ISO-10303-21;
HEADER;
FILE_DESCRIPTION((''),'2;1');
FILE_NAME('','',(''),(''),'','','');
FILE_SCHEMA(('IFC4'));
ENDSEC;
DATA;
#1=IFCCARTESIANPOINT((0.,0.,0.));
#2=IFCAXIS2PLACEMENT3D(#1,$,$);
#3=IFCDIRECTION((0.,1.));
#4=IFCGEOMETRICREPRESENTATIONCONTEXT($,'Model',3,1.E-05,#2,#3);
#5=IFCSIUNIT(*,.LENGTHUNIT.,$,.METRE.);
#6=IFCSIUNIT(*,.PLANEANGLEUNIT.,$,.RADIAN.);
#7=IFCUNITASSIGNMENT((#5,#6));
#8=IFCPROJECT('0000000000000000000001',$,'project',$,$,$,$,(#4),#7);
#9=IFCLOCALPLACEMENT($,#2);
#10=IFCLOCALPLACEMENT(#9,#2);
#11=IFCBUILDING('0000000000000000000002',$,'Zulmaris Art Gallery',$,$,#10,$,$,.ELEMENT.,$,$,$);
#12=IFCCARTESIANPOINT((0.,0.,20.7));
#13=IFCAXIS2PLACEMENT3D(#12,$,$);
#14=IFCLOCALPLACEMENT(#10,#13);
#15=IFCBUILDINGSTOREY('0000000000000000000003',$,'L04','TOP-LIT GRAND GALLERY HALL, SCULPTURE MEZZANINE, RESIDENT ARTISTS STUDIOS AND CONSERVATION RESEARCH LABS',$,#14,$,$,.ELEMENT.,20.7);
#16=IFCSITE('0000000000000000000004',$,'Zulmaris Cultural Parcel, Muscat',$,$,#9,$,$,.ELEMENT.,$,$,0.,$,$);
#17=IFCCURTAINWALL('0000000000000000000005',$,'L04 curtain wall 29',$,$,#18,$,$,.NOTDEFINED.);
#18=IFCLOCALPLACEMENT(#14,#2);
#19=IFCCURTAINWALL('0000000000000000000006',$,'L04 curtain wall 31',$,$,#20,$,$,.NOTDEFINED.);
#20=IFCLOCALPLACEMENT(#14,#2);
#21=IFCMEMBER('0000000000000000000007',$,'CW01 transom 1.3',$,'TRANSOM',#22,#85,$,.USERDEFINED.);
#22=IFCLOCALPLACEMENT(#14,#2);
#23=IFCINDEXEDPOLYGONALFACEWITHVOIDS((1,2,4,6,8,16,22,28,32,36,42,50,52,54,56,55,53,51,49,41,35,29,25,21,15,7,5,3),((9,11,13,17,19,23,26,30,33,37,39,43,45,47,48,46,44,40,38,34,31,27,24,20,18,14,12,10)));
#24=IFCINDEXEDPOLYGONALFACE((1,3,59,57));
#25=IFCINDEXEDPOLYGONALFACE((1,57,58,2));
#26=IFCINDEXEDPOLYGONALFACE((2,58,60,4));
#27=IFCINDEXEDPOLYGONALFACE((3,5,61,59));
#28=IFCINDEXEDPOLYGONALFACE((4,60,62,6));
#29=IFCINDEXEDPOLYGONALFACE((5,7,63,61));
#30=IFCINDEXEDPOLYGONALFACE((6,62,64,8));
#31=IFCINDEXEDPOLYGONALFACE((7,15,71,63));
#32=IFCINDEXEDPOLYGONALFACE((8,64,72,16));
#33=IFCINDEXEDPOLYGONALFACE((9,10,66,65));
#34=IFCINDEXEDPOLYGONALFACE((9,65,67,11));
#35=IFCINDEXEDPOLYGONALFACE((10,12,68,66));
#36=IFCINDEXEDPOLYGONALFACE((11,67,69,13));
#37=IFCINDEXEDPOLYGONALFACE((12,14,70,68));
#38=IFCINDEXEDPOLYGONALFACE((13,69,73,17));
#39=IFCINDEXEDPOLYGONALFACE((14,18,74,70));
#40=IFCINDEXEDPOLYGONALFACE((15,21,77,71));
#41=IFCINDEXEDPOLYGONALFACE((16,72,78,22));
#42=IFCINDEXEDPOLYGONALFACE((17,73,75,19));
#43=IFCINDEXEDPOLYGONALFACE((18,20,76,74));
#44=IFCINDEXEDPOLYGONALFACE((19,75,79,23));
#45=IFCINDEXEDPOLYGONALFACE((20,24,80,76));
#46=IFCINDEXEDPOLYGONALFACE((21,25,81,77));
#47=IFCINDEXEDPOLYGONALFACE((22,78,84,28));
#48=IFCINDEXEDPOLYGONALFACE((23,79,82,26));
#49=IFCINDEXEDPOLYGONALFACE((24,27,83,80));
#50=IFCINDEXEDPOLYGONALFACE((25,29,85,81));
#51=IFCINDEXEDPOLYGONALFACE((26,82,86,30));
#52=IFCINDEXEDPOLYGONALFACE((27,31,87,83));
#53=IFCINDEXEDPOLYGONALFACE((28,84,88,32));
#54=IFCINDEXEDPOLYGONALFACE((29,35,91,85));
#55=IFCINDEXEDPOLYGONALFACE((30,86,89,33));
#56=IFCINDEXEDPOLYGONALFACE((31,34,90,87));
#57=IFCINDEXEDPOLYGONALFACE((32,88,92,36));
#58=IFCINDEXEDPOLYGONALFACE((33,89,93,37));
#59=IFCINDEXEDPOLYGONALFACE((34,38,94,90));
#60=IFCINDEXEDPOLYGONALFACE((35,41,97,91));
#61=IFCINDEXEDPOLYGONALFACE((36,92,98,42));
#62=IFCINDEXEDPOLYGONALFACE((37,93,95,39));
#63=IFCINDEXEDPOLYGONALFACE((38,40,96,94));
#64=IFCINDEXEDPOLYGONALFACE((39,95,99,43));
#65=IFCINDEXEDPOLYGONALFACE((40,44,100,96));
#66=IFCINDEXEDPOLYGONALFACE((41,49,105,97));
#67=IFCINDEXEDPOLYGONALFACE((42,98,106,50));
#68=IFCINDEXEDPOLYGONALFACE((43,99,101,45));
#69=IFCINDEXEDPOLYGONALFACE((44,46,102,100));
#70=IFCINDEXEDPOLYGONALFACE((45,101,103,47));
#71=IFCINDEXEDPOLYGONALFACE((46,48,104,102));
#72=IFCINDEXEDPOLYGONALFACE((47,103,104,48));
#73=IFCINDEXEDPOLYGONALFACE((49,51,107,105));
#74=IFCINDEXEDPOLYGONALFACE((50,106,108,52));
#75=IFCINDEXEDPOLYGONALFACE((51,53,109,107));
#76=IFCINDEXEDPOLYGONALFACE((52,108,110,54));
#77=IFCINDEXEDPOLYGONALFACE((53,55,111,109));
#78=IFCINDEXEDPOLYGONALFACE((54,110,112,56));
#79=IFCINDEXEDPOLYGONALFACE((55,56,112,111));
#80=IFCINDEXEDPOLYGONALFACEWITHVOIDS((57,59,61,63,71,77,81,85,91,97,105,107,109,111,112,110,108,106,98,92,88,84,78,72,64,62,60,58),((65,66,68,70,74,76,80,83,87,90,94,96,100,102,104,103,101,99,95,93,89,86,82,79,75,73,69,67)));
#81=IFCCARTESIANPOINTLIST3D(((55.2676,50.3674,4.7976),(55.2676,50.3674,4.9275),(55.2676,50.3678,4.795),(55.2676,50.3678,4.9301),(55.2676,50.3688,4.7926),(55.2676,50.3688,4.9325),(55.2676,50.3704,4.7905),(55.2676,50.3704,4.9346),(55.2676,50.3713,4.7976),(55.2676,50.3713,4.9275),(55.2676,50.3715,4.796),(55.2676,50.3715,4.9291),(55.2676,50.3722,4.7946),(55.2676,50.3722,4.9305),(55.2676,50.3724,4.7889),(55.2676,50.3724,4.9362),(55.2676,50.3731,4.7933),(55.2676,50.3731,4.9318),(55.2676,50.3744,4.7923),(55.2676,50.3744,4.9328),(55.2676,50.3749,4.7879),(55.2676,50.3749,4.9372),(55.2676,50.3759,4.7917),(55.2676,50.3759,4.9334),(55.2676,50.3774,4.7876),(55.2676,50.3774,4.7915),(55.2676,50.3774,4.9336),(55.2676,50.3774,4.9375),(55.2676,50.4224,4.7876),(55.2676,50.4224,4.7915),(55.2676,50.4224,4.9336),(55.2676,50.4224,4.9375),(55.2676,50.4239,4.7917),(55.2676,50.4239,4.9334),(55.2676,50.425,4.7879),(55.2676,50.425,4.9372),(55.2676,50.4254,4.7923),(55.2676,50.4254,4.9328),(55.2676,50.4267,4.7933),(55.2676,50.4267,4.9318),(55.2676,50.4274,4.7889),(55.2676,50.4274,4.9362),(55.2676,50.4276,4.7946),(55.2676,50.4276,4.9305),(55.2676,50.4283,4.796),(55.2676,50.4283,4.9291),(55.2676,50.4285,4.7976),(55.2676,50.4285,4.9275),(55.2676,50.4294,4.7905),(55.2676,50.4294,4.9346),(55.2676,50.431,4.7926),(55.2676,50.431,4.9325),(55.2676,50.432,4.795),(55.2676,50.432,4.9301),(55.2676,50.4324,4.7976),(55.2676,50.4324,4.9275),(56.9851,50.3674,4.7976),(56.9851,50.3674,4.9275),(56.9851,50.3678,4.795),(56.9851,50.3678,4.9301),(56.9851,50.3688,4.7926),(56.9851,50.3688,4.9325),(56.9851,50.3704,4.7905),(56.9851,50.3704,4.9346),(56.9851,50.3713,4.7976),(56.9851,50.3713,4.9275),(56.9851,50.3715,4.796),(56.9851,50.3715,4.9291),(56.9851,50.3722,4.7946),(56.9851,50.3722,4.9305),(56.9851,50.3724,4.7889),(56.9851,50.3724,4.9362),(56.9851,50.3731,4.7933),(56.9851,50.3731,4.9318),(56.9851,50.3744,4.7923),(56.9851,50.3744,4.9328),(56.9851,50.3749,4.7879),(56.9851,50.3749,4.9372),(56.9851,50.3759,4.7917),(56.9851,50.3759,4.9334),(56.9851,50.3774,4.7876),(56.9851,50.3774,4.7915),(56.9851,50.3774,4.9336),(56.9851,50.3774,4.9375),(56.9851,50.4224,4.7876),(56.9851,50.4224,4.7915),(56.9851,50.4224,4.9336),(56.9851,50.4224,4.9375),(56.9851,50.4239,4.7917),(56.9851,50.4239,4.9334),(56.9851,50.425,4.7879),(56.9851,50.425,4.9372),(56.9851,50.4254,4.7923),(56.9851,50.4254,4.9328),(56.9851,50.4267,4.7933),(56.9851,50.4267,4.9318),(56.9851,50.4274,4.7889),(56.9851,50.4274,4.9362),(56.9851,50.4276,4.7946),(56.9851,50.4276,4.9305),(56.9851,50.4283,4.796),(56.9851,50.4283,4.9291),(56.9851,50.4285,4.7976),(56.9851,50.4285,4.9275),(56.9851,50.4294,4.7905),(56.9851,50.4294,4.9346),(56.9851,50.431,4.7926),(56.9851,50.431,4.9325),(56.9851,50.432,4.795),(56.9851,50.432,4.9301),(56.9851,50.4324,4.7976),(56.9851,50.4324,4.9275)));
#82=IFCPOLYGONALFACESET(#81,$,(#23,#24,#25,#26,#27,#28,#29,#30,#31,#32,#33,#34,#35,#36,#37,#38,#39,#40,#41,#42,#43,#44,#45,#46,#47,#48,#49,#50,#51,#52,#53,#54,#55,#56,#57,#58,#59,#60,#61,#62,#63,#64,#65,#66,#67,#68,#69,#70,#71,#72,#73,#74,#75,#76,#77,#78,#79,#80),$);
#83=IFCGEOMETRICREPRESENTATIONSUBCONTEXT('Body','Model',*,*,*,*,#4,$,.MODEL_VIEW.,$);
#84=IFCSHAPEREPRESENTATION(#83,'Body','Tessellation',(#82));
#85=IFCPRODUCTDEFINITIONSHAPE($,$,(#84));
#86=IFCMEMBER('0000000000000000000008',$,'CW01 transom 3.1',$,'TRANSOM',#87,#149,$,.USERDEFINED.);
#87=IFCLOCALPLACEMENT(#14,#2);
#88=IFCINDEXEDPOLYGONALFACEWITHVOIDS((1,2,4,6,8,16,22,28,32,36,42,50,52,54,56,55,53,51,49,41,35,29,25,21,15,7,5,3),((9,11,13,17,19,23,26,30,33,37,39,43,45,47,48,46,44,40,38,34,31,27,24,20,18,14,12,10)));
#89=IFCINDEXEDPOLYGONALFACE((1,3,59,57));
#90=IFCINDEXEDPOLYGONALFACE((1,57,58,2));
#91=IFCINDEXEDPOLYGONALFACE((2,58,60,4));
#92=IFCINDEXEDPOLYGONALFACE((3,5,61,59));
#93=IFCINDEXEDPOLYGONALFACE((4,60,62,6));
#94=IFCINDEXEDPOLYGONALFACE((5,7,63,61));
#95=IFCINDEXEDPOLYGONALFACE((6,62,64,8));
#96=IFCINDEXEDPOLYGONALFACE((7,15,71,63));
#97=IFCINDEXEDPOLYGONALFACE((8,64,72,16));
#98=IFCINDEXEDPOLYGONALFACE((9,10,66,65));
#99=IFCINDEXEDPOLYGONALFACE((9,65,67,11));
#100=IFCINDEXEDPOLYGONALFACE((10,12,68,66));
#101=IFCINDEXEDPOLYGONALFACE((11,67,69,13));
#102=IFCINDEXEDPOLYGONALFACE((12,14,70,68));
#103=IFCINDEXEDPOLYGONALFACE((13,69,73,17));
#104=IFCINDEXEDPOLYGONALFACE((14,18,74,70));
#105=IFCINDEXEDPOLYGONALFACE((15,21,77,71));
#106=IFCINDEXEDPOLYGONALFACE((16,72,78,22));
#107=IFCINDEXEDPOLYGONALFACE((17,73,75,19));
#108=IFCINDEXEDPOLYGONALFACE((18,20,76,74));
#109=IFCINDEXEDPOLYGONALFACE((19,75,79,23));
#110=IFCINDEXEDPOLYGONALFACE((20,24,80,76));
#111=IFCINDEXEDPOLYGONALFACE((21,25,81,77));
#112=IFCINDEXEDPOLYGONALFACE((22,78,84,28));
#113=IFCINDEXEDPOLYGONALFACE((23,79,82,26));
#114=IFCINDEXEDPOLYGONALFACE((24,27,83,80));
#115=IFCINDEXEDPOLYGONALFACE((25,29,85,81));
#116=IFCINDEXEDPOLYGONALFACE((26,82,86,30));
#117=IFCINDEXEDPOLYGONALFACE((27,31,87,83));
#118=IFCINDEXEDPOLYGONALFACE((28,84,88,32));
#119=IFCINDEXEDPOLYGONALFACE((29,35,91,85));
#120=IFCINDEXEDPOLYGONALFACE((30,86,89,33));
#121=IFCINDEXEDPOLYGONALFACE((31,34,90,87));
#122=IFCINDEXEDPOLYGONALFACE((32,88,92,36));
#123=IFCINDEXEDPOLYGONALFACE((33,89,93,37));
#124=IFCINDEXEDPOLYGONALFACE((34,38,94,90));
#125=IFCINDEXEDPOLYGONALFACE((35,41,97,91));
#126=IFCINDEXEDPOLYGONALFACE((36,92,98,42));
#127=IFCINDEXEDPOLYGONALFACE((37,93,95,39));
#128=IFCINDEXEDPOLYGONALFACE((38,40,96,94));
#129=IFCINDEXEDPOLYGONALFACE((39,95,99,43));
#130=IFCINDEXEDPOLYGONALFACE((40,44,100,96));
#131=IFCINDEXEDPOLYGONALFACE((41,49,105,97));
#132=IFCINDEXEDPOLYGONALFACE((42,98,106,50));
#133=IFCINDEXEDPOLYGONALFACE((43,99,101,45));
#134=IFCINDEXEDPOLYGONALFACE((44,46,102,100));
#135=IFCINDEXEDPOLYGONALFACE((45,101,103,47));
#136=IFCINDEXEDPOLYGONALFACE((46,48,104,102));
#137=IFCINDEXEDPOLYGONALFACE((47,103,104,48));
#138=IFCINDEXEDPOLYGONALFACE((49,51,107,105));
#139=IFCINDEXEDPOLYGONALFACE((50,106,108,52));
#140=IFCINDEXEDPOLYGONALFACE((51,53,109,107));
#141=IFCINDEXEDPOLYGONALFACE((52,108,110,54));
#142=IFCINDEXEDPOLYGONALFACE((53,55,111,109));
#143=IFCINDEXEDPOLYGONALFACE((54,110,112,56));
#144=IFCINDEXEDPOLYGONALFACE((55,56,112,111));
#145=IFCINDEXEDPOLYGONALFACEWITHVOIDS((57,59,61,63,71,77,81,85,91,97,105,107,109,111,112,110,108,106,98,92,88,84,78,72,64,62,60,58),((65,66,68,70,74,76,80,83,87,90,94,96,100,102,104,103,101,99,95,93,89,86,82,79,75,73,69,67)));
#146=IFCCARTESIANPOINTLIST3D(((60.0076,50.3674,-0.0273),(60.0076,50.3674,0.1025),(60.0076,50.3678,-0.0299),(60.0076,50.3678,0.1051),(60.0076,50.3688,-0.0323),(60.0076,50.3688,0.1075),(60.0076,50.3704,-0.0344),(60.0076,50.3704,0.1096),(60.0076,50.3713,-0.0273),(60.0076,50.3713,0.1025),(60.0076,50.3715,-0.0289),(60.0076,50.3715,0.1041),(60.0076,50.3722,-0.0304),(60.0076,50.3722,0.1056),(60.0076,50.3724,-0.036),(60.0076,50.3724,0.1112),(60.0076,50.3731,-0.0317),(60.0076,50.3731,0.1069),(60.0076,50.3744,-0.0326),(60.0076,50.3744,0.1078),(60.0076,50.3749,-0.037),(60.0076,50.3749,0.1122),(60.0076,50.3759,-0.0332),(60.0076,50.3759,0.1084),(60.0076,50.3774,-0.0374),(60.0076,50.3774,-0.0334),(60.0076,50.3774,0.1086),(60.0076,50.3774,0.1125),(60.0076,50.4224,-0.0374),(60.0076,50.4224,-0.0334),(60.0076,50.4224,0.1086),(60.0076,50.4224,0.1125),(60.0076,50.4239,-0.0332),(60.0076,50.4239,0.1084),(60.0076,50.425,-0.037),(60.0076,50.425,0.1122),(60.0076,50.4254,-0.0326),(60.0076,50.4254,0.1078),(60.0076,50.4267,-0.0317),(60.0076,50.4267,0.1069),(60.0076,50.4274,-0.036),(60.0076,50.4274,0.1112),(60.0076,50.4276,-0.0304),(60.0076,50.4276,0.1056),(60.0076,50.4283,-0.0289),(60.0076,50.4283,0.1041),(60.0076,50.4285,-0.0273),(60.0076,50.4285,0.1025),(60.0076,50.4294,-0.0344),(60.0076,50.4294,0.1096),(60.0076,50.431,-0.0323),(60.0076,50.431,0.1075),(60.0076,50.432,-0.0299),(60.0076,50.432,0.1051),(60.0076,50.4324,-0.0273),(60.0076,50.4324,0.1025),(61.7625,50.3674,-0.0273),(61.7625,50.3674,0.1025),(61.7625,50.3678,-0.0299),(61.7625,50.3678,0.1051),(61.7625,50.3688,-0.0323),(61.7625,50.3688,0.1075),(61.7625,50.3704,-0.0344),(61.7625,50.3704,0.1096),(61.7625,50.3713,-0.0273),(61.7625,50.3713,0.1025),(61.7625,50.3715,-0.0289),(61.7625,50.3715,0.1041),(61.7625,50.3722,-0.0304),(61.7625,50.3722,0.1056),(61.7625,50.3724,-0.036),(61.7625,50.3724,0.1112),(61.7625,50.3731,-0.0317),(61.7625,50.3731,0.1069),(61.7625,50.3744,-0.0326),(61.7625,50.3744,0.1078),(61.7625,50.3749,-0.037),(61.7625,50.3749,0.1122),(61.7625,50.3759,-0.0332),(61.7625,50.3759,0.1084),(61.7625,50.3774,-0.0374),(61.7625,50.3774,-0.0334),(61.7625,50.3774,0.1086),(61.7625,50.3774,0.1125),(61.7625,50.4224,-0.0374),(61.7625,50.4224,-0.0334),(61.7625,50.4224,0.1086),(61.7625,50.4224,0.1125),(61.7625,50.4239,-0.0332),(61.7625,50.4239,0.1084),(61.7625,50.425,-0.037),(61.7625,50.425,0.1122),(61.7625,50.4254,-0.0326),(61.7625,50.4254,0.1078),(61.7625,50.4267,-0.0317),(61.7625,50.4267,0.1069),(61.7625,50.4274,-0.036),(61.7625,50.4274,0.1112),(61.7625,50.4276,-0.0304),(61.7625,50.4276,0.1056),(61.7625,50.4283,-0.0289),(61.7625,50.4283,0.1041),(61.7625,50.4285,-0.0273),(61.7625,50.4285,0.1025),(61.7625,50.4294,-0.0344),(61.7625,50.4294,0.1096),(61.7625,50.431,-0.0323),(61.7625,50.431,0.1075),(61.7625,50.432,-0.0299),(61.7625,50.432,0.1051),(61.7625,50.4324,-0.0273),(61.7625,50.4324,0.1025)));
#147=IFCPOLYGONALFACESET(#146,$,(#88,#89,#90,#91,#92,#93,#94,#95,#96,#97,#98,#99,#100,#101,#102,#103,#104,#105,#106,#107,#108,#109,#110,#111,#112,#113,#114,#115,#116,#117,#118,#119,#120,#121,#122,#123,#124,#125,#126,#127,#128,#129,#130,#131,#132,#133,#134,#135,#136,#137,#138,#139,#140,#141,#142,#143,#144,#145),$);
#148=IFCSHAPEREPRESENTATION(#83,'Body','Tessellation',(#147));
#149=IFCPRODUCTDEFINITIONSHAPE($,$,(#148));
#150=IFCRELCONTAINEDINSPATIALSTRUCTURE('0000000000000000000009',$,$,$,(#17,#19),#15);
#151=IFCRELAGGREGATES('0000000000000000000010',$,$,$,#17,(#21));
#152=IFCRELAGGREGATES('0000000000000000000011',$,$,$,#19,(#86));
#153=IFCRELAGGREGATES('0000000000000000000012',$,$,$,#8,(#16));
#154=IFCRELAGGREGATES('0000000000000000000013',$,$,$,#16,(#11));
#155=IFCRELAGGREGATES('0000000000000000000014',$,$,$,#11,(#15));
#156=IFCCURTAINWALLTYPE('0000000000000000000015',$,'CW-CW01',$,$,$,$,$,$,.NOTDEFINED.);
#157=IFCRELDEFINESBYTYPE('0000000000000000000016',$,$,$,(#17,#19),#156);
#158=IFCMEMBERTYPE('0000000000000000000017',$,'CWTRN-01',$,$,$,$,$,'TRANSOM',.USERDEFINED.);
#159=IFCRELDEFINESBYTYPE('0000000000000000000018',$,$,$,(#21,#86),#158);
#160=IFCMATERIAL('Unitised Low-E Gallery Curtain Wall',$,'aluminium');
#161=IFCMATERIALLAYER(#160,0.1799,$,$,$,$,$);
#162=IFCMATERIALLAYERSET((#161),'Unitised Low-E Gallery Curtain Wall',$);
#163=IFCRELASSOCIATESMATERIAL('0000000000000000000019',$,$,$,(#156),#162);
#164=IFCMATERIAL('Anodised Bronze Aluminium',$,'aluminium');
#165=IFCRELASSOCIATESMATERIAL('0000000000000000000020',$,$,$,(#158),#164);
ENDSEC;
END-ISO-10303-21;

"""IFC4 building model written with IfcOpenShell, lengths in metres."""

from ifc_helpers import new_model, si_unit, direction, frame, origin, origin_2d, place, context, subcontext, project, spatial, hollow_rectangle, extrude, material, layer, layer_set, material_profile, profile_set, type_object, element, aggregate, save


model = new_model("IFC4")

# Units and contexts
model_context = context("Model", 3, precision=1e-05, world=origin(), true_north=direction((0.0, 1.0)))
body_context = subcontext(model_context, "Body", "Model", "MODEL_VIEW")
ifc_project = project(units=[si_unit("LENGTHUNIT", "METRE"), si_unit("PLANEANGLEUNIT", "RADIAN")], contexts=[model_context])

# Site, building, storey
site_placement = place(None, origin())
site = spatial("IfcSite", under=ifc_project, at=site_placement, Name="Zulmaris Cultural Parcel, Muscat", CompositionType="ELEMENT", RefElevation=0.0)
building_placement = place(site_placement, origin())
building = spatial("IfcBuilding", under=site, at=building_placement, Name="Zulmaris Art Gallery", CompositionType="ELEMENT")
storey_placement = place(building_placement, frame((0.0, 0.0, 20.7)))
storey = spatial("IfcBuildingStorey", under=building, at=storey_placement, Name="L04", Description="TOP-LIT GRAND GALLERY HALL, SCULPTURE MEZZANINE, RESIDENT ARTISTS STUDIOS AND CONSERVATION RESEARCH LABS", CompositionType="ELEMENT", Elevation=20.7)

# Curtain walls
ifc_material_1 = material(Name="Unitised Low-E Gallery Curtain Wall", Category="aluminium")
ifc_layer_1 = layer(ifc_material_1, 0.1799)
ifc_layer_set_1 = layer_set([ifc_layer_1], Name="Unitised Low-E Gallery Curtain Wall")
curtain_wall_type = type_object("IfcCurtainWallType", Name="CW-CW01", PredefinedType="NOTDEFINED", material=ifc_layer_set_1)
curtain_wall_1_placement = place(storey_placement, origin())
curtain_wall_1 = element("IfcCurtainWall", 1, at=curtain_wall_1_placement, inside=storey, type_object=curtain_wall_type, Name="L04 curtain wall 29", PredefinedType="NOTDEFINED")
ifc_material_2 = material(Name="Anodised Bronze Aluminium", Category="aluminium")
curtain_wall_2_placement = place(storey_placement, origin())
curtain_wall_2 = element("IfcCurtainWall", 2, at=curtain_wall_2_placement, inside=storey, type_object=curtain_wall_type, Name="L04 curtain wall 31", PredefinedType="NOTDEFINED")

# Members
ifc_material_profile_1 = material_profile(ifc_material_2, hollow_rectangle(XDim=0.0649, YDim=0.1499, WallThickness=0.0039, InnerFilletRadius=0.0061, OuterFilletRadius=0.01, at=origin_2d()), Name="ALU 65x150x4")
ifc_profile_set_1 = profile_set([ifc_material_profile_1], Name="Anodised Bronze Aluminium")
member_type_1 = type_object("IfcMemberType", Name="CWTRN-01", ElementType="TRANSOM", PredefinedType="USERDEFINED", material=ifc_profile_set_1)
member_1_placement = place(storey_placement, frame((56.9851, 50.3999, 4.8625), z_axis=(-1.0, 0.0, 0.0), x_axis=(0.0, -1.0, 0.0)))
member_1 = element("IfcMember", 3, at=member_1_placement, type_object=member_type_1, Name="CW01 transom 1.3", ObjectType="TRANSOM", PredefinedType="USERDEFINED", context=body_context, shape_type="SweptSolid", body=[
    extrude(hollow_rectangle(XDim=0.0649, YDim=0.1499, WallThickness=0.0039, InnerFilletRadius=0.0061, OuterFilletRadius=0.01, at=origin_2d()), origin(), (0.0, 0.0, 1.0), 1.7175),
])
member_2_placement = place(storey_placement, frame((61.7625, 50.3999, 0.0376), z_axis=(-1.0, 0.0, 0.0), x_axis=(0.0, -1.0, 0.0)))
member_2 = element("IfcMember", 4, at=member_2_placement, type_object=member_type_1, Name="CW01 transom 3.1", ObjectType="TRANSOM", PredefinedType="USERDEFINED", context=body_context, shape_type="SweptSolid", body=[
    extrude(hollow_rectangle(XDim=0.0649, YDim=0.1499, WallThickness=0.0039, InnerFilletRadius=0.0061, OuterFilletRadius=0.01, at=origin_2d()), origin(), (0.0, 0.0, 1.0), 1.7549),
])

aggregate(curtain_wall_1, [member_1])
aggregate(curtain_wall_2, [member_2])

save(model, "model.ifc")
